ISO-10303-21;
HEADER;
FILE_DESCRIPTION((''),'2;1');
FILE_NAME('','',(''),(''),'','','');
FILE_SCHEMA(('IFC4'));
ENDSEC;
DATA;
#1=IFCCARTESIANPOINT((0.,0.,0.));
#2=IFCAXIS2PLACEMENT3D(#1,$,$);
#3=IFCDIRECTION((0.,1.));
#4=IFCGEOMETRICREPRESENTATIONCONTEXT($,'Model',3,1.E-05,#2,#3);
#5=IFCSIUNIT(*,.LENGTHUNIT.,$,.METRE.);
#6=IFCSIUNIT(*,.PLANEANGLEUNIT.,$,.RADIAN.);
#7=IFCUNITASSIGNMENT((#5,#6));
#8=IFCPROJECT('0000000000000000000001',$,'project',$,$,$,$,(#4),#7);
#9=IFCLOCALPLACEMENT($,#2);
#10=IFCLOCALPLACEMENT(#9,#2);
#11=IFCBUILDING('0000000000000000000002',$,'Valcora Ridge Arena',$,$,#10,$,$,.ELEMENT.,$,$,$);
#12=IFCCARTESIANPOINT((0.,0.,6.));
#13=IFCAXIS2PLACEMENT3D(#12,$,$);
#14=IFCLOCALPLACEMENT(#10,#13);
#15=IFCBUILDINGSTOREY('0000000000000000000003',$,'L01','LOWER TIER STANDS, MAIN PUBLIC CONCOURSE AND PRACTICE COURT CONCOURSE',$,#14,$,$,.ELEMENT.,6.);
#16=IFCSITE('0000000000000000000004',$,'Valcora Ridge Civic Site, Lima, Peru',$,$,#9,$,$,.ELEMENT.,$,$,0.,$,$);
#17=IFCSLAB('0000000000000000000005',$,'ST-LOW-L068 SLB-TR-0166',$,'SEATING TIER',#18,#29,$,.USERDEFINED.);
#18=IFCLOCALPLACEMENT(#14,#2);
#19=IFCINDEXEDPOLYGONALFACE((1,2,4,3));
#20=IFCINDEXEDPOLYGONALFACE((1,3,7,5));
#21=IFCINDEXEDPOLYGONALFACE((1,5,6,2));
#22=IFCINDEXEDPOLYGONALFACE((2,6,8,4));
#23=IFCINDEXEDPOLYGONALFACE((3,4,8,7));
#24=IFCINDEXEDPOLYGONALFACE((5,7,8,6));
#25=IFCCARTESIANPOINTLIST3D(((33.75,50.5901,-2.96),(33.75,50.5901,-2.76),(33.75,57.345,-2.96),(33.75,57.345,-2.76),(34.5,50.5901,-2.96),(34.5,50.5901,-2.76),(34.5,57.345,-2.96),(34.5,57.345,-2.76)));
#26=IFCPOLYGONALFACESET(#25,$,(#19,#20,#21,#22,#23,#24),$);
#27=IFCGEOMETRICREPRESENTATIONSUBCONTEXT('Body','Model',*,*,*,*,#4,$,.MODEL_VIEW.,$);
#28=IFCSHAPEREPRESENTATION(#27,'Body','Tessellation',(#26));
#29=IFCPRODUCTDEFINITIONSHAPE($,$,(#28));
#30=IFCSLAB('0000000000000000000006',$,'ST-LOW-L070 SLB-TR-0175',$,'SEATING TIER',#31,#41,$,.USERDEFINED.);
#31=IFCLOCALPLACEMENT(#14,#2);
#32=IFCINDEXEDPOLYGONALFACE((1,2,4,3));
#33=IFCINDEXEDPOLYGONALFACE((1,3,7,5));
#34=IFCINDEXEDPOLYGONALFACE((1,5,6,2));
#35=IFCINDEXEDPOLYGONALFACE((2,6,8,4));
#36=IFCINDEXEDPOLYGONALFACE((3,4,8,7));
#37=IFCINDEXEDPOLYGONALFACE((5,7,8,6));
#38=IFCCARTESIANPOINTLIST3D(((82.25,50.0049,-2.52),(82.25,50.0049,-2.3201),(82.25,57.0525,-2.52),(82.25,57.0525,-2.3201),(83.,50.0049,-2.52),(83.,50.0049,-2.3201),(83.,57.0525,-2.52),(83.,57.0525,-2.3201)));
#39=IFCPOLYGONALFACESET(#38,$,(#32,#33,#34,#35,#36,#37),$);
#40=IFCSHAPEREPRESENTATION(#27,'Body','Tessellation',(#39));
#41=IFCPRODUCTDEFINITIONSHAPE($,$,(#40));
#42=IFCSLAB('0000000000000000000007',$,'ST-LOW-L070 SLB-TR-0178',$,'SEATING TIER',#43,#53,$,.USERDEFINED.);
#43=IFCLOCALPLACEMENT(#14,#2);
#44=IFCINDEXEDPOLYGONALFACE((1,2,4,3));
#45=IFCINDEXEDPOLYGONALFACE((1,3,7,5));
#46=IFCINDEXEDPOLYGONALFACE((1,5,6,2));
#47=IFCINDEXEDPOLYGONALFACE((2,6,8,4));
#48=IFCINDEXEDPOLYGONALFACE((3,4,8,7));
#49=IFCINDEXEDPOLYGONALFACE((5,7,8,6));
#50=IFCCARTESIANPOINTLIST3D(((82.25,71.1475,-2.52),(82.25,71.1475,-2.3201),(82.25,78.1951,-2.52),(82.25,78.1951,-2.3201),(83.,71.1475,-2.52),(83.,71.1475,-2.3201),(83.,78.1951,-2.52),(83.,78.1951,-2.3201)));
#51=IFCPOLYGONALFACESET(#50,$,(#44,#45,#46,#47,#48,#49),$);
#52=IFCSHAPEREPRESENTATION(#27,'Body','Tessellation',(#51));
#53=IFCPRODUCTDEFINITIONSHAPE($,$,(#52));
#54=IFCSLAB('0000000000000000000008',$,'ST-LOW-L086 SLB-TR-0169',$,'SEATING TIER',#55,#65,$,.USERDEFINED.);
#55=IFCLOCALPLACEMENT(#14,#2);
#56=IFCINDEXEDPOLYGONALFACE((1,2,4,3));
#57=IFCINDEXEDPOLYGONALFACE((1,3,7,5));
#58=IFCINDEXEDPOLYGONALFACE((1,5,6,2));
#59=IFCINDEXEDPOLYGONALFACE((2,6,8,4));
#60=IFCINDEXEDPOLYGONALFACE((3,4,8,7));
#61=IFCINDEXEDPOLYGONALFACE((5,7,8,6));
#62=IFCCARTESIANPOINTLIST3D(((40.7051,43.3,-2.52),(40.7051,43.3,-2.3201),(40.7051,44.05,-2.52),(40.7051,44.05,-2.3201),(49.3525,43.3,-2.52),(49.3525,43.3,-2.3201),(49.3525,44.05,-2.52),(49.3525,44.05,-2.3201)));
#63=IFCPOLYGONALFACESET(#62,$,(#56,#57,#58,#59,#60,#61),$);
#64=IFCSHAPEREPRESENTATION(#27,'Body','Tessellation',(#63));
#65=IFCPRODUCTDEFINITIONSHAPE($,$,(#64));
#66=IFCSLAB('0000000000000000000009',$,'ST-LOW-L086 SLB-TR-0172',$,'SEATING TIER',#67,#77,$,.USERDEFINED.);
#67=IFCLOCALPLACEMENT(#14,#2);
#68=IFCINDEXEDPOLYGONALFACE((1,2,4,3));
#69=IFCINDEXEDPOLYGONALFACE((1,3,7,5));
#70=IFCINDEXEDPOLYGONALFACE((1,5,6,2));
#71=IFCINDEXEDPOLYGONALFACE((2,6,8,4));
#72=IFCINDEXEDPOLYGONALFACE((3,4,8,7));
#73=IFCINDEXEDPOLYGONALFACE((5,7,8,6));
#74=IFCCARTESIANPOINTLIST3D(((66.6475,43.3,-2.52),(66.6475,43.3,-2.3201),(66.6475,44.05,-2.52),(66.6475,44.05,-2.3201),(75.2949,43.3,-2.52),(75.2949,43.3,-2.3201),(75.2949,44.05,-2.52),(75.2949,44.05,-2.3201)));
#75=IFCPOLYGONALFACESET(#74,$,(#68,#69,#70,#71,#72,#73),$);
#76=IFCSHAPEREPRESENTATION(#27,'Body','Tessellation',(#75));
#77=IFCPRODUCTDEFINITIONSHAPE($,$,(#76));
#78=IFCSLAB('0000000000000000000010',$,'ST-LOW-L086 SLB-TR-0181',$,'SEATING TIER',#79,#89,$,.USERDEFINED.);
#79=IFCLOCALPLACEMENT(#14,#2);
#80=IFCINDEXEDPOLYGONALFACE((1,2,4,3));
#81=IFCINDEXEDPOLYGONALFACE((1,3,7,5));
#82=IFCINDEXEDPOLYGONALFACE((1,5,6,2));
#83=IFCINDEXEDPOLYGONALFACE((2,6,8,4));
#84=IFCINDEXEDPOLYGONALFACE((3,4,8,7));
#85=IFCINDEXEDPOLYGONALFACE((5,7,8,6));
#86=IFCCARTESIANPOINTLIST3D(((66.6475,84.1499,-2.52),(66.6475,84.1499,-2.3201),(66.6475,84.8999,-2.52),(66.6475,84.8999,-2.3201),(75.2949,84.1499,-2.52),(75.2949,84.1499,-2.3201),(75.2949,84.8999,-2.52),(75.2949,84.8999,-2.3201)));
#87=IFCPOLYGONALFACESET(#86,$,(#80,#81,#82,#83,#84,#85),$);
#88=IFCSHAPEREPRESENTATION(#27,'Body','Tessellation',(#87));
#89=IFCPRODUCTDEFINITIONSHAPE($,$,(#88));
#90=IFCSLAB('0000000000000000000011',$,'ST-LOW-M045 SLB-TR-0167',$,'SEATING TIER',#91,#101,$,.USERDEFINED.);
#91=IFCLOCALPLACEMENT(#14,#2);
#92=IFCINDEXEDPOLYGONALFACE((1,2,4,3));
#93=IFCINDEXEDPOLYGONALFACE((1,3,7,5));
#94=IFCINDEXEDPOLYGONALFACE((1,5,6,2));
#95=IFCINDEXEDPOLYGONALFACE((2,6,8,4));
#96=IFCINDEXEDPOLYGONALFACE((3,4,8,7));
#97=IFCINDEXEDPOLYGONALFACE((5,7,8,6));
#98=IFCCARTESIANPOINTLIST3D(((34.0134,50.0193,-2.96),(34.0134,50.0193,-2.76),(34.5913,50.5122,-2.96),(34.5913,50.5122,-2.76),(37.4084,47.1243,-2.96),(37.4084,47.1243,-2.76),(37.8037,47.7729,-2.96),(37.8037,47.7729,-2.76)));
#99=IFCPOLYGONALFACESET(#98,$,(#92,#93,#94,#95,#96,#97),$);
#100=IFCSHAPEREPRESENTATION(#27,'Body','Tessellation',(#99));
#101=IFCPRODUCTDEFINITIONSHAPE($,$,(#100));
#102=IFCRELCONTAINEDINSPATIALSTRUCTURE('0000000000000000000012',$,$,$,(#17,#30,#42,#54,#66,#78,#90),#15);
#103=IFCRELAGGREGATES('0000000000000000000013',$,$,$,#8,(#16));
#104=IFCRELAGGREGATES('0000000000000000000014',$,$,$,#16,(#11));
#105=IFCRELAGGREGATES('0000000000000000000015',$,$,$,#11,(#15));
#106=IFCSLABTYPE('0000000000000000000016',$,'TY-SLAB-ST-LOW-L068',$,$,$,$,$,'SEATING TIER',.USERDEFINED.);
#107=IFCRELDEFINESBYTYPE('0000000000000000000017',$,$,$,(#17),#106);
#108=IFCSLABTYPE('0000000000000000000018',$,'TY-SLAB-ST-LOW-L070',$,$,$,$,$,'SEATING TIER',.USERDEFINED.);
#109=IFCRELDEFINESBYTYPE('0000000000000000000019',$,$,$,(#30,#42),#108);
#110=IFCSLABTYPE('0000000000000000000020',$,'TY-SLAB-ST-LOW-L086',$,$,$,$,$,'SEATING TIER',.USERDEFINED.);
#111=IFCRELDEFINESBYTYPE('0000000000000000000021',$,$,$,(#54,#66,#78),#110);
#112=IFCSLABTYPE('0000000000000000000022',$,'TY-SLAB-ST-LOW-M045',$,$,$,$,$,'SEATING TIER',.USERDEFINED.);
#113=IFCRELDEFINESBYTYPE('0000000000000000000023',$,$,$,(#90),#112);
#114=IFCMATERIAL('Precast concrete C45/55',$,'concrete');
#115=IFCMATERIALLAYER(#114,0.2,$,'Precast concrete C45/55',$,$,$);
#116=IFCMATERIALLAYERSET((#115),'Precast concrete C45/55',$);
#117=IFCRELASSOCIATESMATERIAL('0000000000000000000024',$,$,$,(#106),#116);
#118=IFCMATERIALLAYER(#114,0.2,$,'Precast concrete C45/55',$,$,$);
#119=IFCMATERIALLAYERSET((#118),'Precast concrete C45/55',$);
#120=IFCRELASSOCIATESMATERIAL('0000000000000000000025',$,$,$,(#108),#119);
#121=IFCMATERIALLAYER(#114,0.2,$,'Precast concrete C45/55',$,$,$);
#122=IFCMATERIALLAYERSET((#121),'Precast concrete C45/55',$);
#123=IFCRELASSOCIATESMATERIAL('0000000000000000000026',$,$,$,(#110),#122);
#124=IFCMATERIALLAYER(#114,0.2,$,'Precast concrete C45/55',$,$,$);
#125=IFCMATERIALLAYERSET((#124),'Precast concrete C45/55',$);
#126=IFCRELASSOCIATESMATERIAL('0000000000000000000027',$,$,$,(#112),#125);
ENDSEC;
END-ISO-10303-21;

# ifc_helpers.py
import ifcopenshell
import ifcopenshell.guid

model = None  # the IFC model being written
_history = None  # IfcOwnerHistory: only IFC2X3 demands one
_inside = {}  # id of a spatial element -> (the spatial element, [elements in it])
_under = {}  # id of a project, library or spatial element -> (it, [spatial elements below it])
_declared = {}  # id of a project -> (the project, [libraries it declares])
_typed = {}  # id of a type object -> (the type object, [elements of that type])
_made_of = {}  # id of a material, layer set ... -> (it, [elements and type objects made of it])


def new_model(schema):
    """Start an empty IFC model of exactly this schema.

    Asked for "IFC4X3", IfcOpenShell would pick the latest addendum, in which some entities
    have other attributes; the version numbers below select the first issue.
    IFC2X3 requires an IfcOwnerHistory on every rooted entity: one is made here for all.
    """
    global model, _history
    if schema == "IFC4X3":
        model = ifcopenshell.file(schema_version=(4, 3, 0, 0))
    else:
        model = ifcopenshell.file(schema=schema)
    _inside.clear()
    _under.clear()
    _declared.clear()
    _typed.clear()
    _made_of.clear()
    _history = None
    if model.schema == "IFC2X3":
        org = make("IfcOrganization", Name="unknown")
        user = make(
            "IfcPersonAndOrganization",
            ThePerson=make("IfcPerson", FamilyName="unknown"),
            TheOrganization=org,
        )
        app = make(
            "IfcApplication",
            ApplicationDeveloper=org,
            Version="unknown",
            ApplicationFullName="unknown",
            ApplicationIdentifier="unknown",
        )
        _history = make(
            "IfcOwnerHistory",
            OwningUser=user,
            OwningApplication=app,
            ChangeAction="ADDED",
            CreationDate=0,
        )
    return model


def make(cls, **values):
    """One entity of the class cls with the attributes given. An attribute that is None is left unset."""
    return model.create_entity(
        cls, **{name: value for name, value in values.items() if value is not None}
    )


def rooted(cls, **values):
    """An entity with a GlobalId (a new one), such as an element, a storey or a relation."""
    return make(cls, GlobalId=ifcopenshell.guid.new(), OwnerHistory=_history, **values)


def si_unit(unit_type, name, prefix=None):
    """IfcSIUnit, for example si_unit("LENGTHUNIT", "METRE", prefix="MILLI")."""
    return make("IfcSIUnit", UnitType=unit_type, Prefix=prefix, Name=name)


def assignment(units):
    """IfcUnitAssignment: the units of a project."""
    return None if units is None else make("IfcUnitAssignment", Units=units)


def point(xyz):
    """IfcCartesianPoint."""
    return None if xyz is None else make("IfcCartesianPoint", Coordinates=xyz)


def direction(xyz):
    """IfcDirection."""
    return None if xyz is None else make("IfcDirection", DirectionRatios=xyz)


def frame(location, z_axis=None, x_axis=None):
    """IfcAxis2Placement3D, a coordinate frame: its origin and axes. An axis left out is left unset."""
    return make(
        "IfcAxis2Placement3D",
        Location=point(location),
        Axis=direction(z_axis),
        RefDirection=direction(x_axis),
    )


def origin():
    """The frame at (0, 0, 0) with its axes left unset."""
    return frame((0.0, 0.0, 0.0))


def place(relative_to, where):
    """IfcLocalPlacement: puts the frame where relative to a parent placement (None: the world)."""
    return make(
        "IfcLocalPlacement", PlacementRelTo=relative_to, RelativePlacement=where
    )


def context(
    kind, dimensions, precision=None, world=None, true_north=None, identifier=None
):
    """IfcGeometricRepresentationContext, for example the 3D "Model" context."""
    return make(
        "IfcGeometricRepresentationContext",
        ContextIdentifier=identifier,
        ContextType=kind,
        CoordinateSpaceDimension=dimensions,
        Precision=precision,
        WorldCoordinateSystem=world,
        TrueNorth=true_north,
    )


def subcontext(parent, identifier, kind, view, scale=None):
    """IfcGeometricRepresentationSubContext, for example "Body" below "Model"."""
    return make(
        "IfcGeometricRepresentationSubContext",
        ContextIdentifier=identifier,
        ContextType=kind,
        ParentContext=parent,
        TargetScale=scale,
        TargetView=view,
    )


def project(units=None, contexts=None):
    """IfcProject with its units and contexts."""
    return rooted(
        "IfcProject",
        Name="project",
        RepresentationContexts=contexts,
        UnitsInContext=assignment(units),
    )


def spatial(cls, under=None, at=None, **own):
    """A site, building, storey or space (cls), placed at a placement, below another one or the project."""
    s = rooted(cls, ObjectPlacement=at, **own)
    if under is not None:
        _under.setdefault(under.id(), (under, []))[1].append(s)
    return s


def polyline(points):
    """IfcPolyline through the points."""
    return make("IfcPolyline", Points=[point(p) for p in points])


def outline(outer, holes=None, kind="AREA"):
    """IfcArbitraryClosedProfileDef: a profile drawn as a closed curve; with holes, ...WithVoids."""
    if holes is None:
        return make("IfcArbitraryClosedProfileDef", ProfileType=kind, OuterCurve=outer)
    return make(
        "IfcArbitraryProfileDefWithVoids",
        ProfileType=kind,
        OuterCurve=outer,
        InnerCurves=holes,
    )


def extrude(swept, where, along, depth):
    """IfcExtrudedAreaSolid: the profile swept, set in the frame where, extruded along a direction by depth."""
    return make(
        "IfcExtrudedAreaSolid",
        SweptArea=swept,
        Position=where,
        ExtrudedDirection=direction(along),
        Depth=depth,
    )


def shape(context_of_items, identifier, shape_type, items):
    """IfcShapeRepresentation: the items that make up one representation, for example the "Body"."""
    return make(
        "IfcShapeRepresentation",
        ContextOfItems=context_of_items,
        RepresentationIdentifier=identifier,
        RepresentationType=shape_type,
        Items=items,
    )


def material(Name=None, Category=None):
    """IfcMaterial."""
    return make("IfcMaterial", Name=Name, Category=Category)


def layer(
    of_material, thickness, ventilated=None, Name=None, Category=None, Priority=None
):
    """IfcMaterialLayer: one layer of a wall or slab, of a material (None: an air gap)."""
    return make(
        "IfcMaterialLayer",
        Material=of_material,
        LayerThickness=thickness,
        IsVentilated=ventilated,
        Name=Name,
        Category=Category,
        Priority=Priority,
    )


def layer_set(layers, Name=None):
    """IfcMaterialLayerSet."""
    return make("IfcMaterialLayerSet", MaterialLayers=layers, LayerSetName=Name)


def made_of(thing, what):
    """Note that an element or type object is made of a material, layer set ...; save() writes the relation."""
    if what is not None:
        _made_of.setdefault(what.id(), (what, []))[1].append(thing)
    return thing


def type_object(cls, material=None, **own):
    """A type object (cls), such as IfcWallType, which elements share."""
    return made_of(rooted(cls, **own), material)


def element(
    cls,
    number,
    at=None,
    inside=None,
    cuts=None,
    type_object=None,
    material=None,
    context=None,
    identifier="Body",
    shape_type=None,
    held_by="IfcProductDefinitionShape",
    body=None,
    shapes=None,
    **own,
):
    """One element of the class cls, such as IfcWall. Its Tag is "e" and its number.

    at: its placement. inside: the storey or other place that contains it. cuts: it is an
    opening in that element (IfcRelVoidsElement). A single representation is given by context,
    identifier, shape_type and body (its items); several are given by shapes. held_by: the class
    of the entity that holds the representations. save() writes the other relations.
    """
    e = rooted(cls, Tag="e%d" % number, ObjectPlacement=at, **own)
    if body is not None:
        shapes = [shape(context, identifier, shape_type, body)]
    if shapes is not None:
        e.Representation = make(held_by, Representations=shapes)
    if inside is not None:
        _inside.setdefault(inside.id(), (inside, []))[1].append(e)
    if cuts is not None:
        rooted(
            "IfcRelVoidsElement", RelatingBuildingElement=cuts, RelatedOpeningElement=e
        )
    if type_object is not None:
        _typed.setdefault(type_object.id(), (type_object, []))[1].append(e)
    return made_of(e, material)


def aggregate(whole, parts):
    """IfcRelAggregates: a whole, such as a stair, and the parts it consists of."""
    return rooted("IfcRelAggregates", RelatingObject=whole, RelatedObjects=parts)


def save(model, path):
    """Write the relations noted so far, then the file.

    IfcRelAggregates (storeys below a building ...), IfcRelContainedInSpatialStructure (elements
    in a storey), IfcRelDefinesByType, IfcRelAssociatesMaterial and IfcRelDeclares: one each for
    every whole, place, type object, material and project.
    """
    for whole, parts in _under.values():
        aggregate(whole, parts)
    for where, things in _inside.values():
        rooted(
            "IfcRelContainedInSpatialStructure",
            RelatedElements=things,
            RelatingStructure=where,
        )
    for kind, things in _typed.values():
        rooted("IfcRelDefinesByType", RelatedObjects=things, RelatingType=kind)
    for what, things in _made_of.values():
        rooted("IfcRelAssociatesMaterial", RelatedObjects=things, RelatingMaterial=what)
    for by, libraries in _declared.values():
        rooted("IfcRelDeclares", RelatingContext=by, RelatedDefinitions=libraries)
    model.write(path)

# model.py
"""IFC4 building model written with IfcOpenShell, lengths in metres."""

from ifc_helpers import new_model, si_unit, direction, frame, origin, place, context, subcontext, project, spatial, polyline, outline, extrude, material, layer, layer_set, type_object, element, save


model = new_model("IFC4")

# Units and contexts
model_context = context("Model", 3, precision=1e-05, world=origin(), true_north=direction((0.0, 1.0)))
body_context = subcontext(model_context, "Body", "Model", "MODEL_VIEW")
ifc_project = project(units=[si_unit("LENGTHUNIT", "METRE"), si_unit("PLANEANGLEUNIT", "RADIAN")], contexts=[model_context])

# Site, building, storey
site_placement = place(None, origin())
site = spatial("IfcSite", under=ifc_project, at=site_placement, Name="Valcora Ridge Civic Site, Lima, Peru", CompositionType="ELEMENT", RefElevation=0.0)
building_placement = place(site_placement, origin())
building = spatial("IfcBuilding", under=site, at=building_placement, Name="Valcora Ridge Arena", CompositionType="ELEMENT")
storey_placement = place(building_placement, frame((0.0, 0.0, 6.0)))
storey = spatial("IfcBuildingStorey", under=building, at=storey_placement, Name="L01", Description="LOWER TIER STANDS, MAIN PUBLIC CONCOURSE AND PRACTICE COURT CONCOURSE", CompositionType="ELEMENT", Elevation=6.0)

# Slabs
ifc_material = material(Name="Precast concrete C45/55", Category="concrete")
ifc_layer_1 = layer(ifc_material, 0.2, Name="Precast concrete C45/55")
ifc_layer_set_1 = layer_set([ifc_layer_1], Name="Precast concrete C45/55")
slab_type_1 = type_object("IfcSlabType", Name="TY-SLAB-ST-LOW-L068", ElementType="SEATING TIER", PredefinedType="USERDEFINED", material=ifc_layer_set_1)
slab_1_placement = place(storey_placement, frame((0.0, 0.0, -2.96)))
element("IfcSlab", 1, at=slab_1_placement, inside=storey, type_object=slab_type_1, Name="ST-LOW-L068 SLB-TR-0166", ObjectType="SEATING TIER", PredefinedType="USERDEFINED", context=body_context, shape_type="SweptSolid", body=[
    extrude(outline(polyline([(34.5, 57.345), (34.5, 50.5901), (33.75, 50.5901), (33.75, 57.345), (34.5, 57.345)])), origin(), (0.0, 0.0, 1.0), 0.2),
])
ifc_layer_2 = layer(ifc_material, 0.2, Name="Precast concrete C45/55")
ifc_layer_set_2 = layer_set([ifc_layer_2], Name="Precast concrete C45/55")
slab_type_2 = type_object("IfcSlabType", Name="TY-SLAB-ST-LOW-L070", ElementType="SEATING TIER", PredefinedType="USERDEFINED", material=ifc_layer_set_2)
slab_2_placement = place(storey_placement, frame((0.0, 0.0, -2.52)))
element("IfcSlab", 2, at=slab_2_placement, inside=storey, type_object=slab_type_2, Name="ST-LOW-L070 SLB-TR-0175", ObjectType="SEATING TIER", PredefinedType="USERDEFINED", context=body_context, shape_type="SweptSolid", body=[
    extrude(outline(polyline([(82.25, 50.0049), (82.25, 57.0525), (83.0, 57.0525), (83.0, 50.0049), (82.25, 50.0049)])), origin(), (0.0, 0.0, 1.0), 0.2),
])
slab_3_placement = place(storey_placement, frame((0.0, 0.0, -2.52)))
element("IfcSlab", 3, at=slab_3_placement, inside=storey, type_object=slab_type_2, Name="ST-LOW-L070 SLB-TR-0178", ObjectType="SEATING TIER", PredefinedType="USERDEFINED", context=body_context, shape_type="SweptSolid", body=[
    extrude(outline(polyline([(82.25, 71.1475), (82.25, 78.1951), (83.0, 78.1951), (83.0, 71.1475), (82.25, 71.1475)])), origin(), (0.0, 0.0, 1.0), 0.2),
])
ifc_layer_3 = layer(ifc_material, 0.2, Name="Precast concrete C45/55")
ifc_layer_set_3 = layer_set([ifc_layer_3], Name="Precast concrete C45/55")
slab_type_3 = type_object("IfcSlabType", Name="TY-SLAB-ST-LOW-L086", ElementType="SEATING TIER", PredefinedType="USERDEFINED", material=ifc_layer_set_3)
slab_4_placement = place(storey_placement, frame((0.0, 0.0, -2.52)))
element("IfcSlab", 4, at=slab_4_placement, inside=storey, type_object=slab_type_3, Name="ST-LOW-L086 SLB-TR-0169", ObjectType="SEATING TIER", PredefinedType="USERDEFINED", context=body_context, shape_type="SweptSolid", body=[
    extrude(outline(polyline([(40.7051, 44.05), (49.3525, 44.05), (49.3525, 43.3), (40.7051, 43.3), (40.7051, 44.05)])), origin(), (0.0, 0.0, 1.0), 0.2),
])
slab_5_placement = place(storey_placement, frame((0.0, 0.0, -2.52)))
element("IfcSlab", 5, at=slab_5_placement, inside=storey, type_object=slab_type_3, Name="ST-LOW-L086 SLB-TR-0172", ObjectType="SEATING TIER", PredefinedType="USERDEFINED", context=body_context, shape_type="SweptSolid", body=[
    extrude(outline(polyline([(66.6475, 44.05), (75.2949, 44.05), (75.2949, 43.3), (66.6475, 43.3), (66.6475, 44.05)])), origin(), (0.0, 0.0, 1.0), 0.2),
])
slab_6_placement = place(storey_placement, frame((0.0, 0.0, -2.52)))
element("IfcSlab", 6, at=slab_6_placement, inside=storey, type_object=slab_type_3, Name="ST-LOW-L086 SLB-TR-0181", ObjectType="SEATING TIER", PredefinedType="USERDEFINED", context=body_context, shape_type="SweptSolid", body=[
    extrude(outline(polyline([(75.2949, 84.1499), (66.6475, 84.1499), (66.6475, 84.8999), (75.2949, 84.8999), (75.2949, 84.1499)])), origin(), (0.0, 0.0, 1.0), 0.2),
])
ifc_layer_4 = layer(ifc_material, 0.2, Name="Precast concrete C45/55")
ifc_layer_set_4 = layer_set([ifc_layer_4], Name="Precast concrete C45/55")
slab_type_4 = type_object("IfcSlabType", Name="TY-SLAB-ST-LOW-M045", ElementType="SEATING TIER", PredefinedType="USERDEFINED", material=ifc_layer_set_4)
slab_7_placement = place(storey_placement, frame((0.0, 0.0, -2.96)))
element("IfcSlab", 7, at=slab_7_placement, inside=storey, type_object=slab_type_4, Name="ST-LOW-M045 SLB-TR-0167", ObjectType="SEATING TIER", PredefinedType="USERDEFINED", context=body_context, shape_type="SweptSolid", body=[
    extrude(outline(polyline([(34.5913, 50.5122), (37.8037, 47.7729), (37.4084, 47.1243), (34.0134, 50.0193), (34.5913, 50.5122)])), origin(), (0.0, 0.0, 1.0), 0.2),
])

save(model, "model.ifc")
